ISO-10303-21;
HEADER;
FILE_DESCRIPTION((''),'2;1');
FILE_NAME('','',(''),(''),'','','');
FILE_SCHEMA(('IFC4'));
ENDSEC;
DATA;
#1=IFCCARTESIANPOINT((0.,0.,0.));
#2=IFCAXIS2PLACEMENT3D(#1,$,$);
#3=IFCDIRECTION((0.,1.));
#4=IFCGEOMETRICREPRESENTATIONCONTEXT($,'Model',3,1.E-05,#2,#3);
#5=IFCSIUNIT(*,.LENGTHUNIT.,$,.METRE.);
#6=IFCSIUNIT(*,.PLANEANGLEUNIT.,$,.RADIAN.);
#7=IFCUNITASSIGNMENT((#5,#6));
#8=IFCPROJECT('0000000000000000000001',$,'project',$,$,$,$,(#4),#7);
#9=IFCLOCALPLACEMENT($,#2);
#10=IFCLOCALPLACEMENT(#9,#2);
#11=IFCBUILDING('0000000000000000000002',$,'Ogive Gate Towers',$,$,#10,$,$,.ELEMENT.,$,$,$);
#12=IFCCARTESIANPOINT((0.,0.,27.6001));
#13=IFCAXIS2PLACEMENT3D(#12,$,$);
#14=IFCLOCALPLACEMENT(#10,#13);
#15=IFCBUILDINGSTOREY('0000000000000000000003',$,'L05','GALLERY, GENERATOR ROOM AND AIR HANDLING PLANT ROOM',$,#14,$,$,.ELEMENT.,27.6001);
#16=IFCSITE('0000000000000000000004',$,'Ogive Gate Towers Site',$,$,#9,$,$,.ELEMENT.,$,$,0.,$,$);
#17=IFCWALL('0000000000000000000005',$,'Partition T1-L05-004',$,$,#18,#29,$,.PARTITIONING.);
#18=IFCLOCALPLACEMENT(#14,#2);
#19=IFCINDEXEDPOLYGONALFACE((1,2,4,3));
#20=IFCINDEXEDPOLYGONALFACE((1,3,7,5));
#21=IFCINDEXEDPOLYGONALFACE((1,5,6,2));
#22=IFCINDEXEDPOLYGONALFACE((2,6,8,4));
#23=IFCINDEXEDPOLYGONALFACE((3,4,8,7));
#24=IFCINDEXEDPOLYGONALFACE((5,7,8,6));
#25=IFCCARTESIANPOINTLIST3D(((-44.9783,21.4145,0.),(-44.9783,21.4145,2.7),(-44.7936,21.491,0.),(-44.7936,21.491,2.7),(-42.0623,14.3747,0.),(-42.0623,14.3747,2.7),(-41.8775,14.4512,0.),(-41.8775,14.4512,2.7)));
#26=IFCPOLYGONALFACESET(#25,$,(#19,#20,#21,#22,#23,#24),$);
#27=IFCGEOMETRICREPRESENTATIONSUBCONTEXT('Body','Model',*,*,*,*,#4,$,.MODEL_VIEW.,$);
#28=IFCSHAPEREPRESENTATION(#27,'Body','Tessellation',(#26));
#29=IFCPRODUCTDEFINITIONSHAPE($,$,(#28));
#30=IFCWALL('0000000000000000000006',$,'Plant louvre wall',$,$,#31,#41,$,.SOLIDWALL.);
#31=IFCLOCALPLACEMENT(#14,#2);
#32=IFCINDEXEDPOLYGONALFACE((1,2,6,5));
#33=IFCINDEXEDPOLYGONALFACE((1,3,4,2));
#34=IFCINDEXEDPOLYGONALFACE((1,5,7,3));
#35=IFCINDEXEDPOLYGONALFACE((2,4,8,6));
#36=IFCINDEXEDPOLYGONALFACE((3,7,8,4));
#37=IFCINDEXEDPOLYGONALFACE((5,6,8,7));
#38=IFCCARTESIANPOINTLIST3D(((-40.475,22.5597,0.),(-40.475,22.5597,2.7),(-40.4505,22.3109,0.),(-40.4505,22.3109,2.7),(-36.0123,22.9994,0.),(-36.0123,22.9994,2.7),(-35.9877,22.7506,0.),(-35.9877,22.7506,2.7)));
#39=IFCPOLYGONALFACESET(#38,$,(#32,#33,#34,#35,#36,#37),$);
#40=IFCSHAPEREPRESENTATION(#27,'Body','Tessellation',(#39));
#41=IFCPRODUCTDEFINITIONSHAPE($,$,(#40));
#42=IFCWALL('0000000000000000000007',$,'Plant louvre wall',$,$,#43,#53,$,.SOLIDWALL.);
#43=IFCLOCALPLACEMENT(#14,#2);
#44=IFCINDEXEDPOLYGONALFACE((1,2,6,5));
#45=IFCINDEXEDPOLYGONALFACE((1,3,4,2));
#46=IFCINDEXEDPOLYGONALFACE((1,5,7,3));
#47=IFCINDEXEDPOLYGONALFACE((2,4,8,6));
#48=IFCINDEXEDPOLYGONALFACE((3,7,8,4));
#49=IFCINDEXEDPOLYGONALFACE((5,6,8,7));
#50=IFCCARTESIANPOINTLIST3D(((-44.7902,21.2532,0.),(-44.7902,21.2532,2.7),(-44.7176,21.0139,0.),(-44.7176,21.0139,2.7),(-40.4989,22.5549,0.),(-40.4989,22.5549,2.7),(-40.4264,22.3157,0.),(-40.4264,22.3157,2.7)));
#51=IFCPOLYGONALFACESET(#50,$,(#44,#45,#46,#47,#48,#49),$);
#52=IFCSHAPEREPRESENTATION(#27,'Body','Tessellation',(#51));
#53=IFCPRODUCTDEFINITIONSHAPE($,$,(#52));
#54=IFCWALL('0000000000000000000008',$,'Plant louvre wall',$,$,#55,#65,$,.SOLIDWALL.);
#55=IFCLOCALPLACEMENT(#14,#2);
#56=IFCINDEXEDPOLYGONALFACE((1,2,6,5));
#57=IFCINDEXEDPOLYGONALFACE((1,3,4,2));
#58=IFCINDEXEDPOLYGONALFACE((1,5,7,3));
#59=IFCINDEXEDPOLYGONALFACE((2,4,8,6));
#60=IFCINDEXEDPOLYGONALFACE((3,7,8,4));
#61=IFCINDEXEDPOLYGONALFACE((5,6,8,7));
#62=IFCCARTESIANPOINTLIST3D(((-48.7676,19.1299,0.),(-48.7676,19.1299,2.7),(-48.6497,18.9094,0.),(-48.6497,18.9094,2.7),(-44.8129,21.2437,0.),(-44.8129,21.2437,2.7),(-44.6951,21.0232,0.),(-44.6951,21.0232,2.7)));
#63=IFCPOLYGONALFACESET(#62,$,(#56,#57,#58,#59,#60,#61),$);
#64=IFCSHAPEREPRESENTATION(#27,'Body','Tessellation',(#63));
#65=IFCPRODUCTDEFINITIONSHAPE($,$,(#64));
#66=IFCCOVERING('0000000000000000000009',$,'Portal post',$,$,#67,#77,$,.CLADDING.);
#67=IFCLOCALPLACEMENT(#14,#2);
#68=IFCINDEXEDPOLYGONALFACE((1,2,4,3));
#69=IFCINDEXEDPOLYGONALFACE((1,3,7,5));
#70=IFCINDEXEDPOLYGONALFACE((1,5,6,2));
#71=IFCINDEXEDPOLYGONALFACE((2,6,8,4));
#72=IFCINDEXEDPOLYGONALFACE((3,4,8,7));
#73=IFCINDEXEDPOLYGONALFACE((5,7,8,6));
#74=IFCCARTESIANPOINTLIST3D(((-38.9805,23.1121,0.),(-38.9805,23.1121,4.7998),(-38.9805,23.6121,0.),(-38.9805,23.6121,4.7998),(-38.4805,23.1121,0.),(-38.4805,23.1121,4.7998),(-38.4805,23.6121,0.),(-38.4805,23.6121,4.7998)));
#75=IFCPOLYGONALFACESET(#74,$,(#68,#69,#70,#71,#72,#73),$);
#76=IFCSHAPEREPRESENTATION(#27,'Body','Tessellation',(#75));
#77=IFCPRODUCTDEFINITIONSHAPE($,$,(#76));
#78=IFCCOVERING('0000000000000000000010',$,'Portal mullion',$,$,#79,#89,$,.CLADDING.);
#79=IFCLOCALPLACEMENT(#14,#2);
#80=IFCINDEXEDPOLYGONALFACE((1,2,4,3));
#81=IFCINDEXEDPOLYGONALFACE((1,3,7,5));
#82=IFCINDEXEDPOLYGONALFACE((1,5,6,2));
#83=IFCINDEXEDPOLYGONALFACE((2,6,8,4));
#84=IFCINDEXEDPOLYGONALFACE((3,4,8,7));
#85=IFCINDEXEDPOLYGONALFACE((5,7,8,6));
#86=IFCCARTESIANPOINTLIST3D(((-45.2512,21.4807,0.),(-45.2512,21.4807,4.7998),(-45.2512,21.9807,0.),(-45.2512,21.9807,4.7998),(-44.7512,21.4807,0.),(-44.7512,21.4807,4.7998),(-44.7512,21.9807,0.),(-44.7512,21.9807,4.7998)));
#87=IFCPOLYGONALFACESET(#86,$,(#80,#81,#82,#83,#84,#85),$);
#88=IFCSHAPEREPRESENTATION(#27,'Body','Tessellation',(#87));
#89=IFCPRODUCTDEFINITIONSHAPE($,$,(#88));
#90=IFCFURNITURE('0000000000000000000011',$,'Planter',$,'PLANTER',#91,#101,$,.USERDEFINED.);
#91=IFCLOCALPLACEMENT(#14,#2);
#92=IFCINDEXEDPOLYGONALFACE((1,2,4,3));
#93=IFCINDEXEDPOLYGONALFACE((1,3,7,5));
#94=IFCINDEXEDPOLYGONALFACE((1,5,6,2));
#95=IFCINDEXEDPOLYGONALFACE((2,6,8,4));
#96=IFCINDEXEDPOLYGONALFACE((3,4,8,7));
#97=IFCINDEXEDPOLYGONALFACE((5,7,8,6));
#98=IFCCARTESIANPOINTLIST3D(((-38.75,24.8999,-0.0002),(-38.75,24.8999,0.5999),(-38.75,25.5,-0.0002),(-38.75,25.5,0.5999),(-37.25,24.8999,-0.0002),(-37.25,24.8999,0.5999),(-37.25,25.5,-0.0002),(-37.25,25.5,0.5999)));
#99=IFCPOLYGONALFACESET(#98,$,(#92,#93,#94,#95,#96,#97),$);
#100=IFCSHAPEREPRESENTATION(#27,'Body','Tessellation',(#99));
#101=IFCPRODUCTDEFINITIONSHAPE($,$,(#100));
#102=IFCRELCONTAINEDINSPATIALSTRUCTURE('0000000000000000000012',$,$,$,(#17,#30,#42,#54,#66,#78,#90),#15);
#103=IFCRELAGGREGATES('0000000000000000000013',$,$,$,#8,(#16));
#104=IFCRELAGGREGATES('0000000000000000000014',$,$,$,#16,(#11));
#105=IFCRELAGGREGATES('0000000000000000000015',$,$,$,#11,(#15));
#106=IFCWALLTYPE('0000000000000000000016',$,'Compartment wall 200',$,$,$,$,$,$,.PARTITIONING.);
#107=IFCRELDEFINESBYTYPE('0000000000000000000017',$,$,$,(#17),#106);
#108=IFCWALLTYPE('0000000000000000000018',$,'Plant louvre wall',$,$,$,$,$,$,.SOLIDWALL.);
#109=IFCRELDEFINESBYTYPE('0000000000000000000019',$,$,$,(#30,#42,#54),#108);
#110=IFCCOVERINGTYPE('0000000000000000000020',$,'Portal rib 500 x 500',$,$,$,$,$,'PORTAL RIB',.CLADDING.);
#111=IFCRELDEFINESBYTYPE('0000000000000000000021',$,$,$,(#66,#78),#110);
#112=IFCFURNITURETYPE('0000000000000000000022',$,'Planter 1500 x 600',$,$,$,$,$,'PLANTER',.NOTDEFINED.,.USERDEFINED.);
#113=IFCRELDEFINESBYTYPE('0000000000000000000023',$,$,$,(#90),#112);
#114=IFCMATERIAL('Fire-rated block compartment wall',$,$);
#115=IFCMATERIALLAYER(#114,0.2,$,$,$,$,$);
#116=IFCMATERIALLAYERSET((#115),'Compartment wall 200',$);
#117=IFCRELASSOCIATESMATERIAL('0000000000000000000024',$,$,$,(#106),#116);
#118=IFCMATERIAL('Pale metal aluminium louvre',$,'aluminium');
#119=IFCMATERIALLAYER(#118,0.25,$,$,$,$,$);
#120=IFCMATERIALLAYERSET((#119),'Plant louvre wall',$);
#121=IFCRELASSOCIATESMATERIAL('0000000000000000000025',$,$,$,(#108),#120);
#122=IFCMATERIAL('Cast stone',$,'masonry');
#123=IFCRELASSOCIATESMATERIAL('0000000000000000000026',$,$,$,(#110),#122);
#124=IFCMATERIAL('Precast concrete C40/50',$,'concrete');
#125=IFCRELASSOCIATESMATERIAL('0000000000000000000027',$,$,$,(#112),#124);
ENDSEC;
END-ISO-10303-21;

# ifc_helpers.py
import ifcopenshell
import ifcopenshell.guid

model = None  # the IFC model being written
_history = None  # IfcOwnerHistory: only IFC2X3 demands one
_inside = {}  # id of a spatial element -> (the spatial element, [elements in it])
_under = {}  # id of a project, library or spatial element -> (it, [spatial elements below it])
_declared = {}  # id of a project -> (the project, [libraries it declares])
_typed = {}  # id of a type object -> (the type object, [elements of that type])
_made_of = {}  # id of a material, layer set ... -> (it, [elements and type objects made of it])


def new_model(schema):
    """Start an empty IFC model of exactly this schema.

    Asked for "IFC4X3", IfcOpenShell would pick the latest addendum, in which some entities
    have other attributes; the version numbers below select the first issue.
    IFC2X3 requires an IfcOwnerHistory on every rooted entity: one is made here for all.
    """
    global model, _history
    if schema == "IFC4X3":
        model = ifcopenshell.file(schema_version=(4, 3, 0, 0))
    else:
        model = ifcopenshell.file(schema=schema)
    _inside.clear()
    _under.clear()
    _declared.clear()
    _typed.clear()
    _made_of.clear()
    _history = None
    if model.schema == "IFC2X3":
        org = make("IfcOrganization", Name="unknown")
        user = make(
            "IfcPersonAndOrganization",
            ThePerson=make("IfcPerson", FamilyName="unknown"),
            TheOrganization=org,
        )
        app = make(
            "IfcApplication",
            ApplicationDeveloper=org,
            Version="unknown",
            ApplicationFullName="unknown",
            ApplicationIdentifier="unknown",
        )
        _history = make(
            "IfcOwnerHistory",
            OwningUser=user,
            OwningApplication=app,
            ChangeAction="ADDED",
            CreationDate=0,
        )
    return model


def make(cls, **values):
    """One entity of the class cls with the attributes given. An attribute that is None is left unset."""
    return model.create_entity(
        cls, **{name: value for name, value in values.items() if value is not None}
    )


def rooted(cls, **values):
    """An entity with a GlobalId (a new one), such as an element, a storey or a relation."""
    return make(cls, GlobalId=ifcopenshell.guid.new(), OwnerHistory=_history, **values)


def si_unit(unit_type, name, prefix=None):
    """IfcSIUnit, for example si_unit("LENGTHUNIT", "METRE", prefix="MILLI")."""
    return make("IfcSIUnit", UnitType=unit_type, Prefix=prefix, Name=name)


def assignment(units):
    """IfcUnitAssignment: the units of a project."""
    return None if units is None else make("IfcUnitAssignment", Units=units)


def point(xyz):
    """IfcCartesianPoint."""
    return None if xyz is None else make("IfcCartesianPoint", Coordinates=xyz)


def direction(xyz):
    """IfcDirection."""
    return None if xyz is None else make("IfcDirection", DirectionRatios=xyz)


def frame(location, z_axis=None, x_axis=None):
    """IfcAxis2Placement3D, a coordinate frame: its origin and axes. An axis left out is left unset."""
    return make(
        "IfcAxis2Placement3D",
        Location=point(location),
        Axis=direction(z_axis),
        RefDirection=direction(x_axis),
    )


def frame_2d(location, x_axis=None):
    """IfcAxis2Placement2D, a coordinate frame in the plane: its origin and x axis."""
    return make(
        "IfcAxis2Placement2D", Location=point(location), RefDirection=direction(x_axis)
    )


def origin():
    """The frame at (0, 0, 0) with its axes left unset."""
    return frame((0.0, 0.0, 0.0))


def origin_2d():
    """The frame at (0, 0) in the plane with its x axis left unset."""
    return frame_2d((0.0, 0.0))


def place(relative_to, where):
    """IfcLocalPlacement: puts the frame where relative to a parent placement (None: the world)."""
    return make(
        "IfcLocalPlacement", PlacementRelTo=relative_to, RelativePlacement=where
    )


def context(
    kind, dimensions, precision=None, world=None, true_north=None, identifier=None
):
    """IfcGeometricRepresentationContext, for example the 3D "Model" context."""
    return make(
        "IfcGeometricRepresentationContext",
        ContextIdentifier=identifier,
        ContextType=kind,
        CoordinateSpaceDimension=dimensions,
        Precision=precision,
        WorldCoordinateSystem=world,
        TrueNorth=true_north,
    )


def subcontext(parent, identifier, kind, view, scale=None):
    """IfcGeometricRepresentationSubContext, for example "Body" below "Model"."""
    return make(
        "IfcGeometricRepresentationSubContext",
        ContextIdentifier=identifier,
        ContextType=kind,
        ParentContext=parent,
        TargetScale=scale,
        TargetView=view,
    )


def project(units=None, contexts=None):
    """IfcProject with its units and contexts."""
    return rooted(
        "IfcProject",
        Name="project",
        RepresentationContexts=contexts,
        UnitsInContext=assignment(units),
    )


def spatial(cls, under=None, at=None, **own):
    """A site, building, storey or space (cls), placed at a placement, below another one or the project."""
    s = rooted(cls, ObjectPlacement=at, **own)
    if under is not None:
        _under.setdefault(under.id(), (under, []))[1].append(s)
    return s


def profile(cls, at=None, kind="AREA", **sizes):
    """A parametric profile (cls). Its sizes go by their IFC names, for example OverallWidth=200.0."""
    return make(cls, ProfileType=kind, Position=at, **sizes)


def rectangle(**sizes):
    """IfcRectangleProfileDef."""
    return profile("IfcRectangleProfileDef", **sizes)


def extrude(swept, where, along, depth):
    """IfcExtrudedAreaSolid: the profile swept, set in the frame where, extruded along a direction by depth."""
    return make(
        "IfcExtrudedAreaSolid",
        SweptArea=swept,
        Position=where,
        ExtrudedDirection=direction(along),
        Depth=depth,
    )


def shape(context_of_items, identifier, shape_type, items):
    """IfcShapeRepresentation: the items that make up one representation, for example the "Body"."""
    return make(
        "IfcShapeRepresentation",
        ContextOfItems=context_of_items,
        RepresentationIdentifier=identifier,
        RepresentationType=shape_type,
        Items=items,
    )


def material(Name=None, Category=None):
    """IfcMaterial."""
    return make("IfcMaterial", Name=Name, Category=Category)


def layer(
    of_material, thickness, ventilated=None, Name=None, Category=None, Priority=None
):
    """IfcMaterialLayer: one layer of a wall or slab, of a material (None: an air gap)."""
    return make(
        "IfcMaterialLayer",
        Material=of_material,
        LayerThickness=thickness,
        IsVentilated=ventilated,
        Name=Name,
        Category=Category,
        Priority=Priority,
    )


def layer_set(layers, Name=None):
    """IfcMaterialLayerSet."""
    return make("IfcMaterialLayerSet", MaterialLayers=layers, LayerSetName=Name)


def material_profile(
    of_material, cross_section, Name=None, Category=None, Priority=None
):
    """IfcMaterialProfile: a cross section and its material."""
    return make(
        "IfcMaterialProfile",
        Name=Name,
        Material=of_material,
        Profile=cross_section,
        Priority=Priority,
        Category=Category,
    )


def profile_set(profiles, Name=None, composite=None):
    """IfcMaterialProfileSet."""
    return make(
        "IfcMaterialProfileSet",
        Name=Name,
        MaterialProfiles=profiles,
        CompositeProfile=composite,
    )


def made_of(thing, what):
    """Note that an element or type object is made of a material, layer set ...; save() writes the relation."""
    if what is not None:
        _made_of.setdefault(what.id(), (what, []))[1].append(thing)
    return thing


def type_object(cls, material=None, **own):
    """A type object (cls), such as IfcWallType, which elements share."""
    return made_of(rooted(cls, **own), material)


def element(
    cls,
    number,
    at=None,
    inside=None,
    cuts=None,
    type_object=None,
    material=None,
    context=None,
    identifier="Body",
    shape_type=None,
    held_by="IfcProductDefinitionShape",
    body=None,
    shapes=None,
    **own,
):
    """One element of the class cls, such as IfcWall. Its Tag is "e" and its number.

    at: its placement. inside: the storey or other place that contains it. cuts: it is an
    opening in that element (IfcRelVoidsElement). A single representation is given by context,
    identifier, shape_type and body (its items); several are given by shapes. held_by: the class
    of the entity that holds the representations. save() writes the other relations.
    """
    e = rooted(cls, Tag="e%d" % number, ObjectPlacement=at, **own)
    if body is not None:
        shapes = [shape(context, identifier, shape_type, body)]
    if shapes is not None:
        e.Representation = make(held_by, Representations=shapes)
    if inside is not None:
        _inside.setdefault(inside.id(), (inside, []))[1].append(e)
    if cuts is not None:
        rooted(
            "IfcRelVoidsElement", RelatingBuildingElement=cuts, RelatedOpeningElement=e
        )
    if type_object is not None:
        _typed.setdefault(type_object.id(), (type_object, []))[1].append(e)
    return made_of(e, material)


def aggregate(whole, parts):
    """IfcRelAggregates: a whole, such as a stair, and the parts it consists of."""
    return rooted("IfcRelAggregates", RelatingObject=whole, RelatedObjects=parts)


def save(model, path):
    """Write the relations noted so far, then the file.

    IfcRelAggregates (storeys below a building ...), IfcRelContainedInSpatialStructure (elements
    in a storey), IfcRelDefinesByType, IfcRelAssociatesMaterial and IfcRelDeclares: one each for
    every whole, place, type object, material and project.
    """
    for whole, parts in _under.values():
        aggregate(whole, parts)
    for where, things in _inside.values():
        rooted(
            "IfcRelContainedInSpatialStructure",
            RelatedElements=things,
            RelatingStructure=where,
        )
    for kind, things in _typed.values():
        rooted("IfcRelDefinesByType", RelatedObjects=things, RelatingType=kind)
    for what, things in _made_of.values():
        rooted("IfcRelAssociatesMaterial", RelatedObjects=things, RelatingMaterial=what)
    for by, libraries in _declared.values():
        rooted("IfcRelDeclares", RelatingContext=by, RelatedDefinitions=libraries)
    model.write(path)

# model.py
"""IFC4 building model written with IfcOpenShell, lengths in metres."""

from ifc_helpers import new_model, si_unit, direction, frame, frame_2d, origin, origin_2d, place, context, subcontext, project, spatial, rectangle, extrude, material, layer, layer_set, material_profile, profile_set, type_object, element, save


model = new_model("IFC4")

# Units and contexts
model_context = context("Model", 3, precision=1e-05, world=origin(), true_north=direction((0.0, 1.0)))
body_context = subcontext(model_context, "Body", "Model", "MODEL_VIEW")
ifc_project = project(units=[si_unit("LENGTHUNIT", "METRE"), si_unit("PLANEANGLEUNIT", "RADIAN")], contexts=[model_context])

# Site, building, storey
site_placement = place(None, origin())
site = spatial("IfcSite", under=ifc_project, at=site_placement, Name="Ogive Gate Towers Site", CompositionType="ELEMENT", RefElevation=0.0)
building_placement = place(site_placement, origin())
building = spatial("IfcBuilding", under=site, at=building_placement, Name="Ogive Gate Towers", CompositionType="ELEMENT")
storey_placement = place(building_placement, frame((0.0, 0.0, 27.6001)))
storey = spatial("IfcBuildingStorey", under=building, at=storey_placement, Name="L05", Description="GALLERY, GENERATOR ROOM AND AIR HANDLING PLANT ROOM", CompositionType="ELEMENT", Elevation=27.6001)

# Walls
ifc_material_1 = material(Name="Fire-rated block compartment wall")
ifc_layer_1 = layer(ifc_material_1, 0.2)
ifc_layer_set_1 = layer_set([ifc_layer_1], Name="Compartment wall 200")
wall_type_1 = type_object("IfcWallType", Name="Compartment wall 200", PredefinedType="PARTITIONING", material=ifc_layer_set_1)
wall_1_placement = place(storey_placement, frame((-44.886, 21.4529, 0.0), z_axis=(0.0, 0.0, 1.0), x_axis=(0.382688, -0.923878, 0.0)))
element("IfcWall", 1, at=wall_1_placement, inside=storey, type_object=wall_type_1, Name="Partition T1-L05-004", PredefinedType="PARTITIONING", context=body_context, shape_type="SweptSolid", body=[
    extrude(rectangle(XDim=7.6199, YDim=0.2, at=frame_2d((3.8101, 0.0))), origin(), (0.0, 0.0, 1.0), 2.7),
])
ifc_material_2 = material(Name="Pale metal aluminium louvre", Category="aluminium")
ifc_layer_2 = layer(ifc_material_2, 0.25)
ifc_layer_set_2 = layer_set([ifc_layer_2], Name="Plant louvre wall")
wall_type_2 = type_object("IfcWallType", Name="Plant louvre wall", PredefinedType="SOLIDWALL", material=ifc_layer_set_2)
for number, where, z_axis, x_axis, name in (
    (2, (-36.0, 22.875, 0.0), (0.0, 0.0, 1.0), (-0.995181, -0.098054, 0.0), "Plant louvre wall"),
    (3, (-40.4626, 22.4353, 0.0), (0.0, 0.0, 1.0), (-0.956939, -0.290288, 0.0), "Plant louvre wall"),
):
    element("IfcWall", number, at=place(storey_placement, frame(where, z_axis=z_axis, x_axis=x_axis)), inside=storey, type_object=wall_type_2, Name=name, PredefinedType="SOLIDWALL", context=body_context, shape_type="SweptSolid", body=[
        extrude(rectangle(XDim=4.4844, YDim=0.25, at=frame_2d((2.2422, 0.0))), origin(), (0.0, 0.0, 1.0), 2.7),
    ])
wall_2_placement = place(storey_placement, frame((-44.7539, 21.1335, 0.0), z_axis=(0.0, 0.0, 1.0), x_axis=(-0.881922, -0.471396, 0.0)))
element("IfcWall", 4, at=wall_2_placement, inside=storey, type_object=wall_type_2, Name="Plant louvre wall", PredefinedType="SOLIDWALL", context=body_context, shape_type="SweptSolid", body=[
    extrude(rectangle(XDim=4.4841, YDim=0.25, at=frame_2d((2.2422, 0.0))), origin(), (0.0, 0.0, 1.0), 2.7),
])

# Coverings
ifc_material_3 = material(Name="Cast stone", Category="masonry")
ifc_material_profile_1 = material_profile(ifc_material_3, rectangle(XDim=0.5, YDim=0.5, at=origin_2d()), Name="500 x 500 cast stone")
ifc_profile_set_1 = profile_set([ifc_material_profile_1], Name="Cast stone")
covering_type = type_object("IfcCoveringType", Name="Portal rib 500 x 500", ElementType="PORTAL RIB", PredefinedType="CLADDING", material=ifc_profile_set_1)
for number, where, z_axis, x_axis, name in (
    (5, (-38.7305, 23.3621, 0.0), (0.0, 0.0, 1.0), (1.0, 0.0, 0.0), "Portal post"),
    (6, (-45.0012, 21.7307, 0.0), (0.0, 0.0, 1.0), (1.0, 0.0, 0.0), "Portal mullion"),
):
    element("IfcCovering", number, at=place(storey_placement, frame(where, z_axis=z_axis, x_axis=x_axis)), inside=storey, type_object=covering_type, Name=name, PredefinedType="CLADDING", context=body_context, shape_type="SweptSolid", body=[
        extrude(rectangle(XDim=0.5, YDim=0.5, at=origin_2d()), origin(), (0.0, 0.0, 1.0), 4.7998),
    ])

# Furniture
ifc_material_4 = material(Name="Precast concrete C40/50", Category="concrete")
furniture_type = type_object("IfcFurnitureType", Name="Planter 1500 x 600", ElementType="PLANTER", AssemblyPlace="NOTDEFINED", PredefinedType="USERDEFINED", material=ifc_material_4)
furniture_placement = place(storey_placement, frame((-38.0, 25.2, -0.0002), z_axis=(0.0, 0.0, 1.0), x_axis=(-1.0, 0.0, 0.0)))
element("IfcFurniture", 7, at=furniture_placement, inside=storey, type_object=furniture_type, Name="Planter", ObjectType="PLANTER", PredefinedType="USERDEFINED", context=body_context, shape_type="SweptSolid", body=[
    extrude(rectangle(XDim=1.5, YDim=0.6001, at=origin_2d()), origin(), (0.0, 0.0, 1.0), 0.6001),
])

save(model, "model.ifc")
